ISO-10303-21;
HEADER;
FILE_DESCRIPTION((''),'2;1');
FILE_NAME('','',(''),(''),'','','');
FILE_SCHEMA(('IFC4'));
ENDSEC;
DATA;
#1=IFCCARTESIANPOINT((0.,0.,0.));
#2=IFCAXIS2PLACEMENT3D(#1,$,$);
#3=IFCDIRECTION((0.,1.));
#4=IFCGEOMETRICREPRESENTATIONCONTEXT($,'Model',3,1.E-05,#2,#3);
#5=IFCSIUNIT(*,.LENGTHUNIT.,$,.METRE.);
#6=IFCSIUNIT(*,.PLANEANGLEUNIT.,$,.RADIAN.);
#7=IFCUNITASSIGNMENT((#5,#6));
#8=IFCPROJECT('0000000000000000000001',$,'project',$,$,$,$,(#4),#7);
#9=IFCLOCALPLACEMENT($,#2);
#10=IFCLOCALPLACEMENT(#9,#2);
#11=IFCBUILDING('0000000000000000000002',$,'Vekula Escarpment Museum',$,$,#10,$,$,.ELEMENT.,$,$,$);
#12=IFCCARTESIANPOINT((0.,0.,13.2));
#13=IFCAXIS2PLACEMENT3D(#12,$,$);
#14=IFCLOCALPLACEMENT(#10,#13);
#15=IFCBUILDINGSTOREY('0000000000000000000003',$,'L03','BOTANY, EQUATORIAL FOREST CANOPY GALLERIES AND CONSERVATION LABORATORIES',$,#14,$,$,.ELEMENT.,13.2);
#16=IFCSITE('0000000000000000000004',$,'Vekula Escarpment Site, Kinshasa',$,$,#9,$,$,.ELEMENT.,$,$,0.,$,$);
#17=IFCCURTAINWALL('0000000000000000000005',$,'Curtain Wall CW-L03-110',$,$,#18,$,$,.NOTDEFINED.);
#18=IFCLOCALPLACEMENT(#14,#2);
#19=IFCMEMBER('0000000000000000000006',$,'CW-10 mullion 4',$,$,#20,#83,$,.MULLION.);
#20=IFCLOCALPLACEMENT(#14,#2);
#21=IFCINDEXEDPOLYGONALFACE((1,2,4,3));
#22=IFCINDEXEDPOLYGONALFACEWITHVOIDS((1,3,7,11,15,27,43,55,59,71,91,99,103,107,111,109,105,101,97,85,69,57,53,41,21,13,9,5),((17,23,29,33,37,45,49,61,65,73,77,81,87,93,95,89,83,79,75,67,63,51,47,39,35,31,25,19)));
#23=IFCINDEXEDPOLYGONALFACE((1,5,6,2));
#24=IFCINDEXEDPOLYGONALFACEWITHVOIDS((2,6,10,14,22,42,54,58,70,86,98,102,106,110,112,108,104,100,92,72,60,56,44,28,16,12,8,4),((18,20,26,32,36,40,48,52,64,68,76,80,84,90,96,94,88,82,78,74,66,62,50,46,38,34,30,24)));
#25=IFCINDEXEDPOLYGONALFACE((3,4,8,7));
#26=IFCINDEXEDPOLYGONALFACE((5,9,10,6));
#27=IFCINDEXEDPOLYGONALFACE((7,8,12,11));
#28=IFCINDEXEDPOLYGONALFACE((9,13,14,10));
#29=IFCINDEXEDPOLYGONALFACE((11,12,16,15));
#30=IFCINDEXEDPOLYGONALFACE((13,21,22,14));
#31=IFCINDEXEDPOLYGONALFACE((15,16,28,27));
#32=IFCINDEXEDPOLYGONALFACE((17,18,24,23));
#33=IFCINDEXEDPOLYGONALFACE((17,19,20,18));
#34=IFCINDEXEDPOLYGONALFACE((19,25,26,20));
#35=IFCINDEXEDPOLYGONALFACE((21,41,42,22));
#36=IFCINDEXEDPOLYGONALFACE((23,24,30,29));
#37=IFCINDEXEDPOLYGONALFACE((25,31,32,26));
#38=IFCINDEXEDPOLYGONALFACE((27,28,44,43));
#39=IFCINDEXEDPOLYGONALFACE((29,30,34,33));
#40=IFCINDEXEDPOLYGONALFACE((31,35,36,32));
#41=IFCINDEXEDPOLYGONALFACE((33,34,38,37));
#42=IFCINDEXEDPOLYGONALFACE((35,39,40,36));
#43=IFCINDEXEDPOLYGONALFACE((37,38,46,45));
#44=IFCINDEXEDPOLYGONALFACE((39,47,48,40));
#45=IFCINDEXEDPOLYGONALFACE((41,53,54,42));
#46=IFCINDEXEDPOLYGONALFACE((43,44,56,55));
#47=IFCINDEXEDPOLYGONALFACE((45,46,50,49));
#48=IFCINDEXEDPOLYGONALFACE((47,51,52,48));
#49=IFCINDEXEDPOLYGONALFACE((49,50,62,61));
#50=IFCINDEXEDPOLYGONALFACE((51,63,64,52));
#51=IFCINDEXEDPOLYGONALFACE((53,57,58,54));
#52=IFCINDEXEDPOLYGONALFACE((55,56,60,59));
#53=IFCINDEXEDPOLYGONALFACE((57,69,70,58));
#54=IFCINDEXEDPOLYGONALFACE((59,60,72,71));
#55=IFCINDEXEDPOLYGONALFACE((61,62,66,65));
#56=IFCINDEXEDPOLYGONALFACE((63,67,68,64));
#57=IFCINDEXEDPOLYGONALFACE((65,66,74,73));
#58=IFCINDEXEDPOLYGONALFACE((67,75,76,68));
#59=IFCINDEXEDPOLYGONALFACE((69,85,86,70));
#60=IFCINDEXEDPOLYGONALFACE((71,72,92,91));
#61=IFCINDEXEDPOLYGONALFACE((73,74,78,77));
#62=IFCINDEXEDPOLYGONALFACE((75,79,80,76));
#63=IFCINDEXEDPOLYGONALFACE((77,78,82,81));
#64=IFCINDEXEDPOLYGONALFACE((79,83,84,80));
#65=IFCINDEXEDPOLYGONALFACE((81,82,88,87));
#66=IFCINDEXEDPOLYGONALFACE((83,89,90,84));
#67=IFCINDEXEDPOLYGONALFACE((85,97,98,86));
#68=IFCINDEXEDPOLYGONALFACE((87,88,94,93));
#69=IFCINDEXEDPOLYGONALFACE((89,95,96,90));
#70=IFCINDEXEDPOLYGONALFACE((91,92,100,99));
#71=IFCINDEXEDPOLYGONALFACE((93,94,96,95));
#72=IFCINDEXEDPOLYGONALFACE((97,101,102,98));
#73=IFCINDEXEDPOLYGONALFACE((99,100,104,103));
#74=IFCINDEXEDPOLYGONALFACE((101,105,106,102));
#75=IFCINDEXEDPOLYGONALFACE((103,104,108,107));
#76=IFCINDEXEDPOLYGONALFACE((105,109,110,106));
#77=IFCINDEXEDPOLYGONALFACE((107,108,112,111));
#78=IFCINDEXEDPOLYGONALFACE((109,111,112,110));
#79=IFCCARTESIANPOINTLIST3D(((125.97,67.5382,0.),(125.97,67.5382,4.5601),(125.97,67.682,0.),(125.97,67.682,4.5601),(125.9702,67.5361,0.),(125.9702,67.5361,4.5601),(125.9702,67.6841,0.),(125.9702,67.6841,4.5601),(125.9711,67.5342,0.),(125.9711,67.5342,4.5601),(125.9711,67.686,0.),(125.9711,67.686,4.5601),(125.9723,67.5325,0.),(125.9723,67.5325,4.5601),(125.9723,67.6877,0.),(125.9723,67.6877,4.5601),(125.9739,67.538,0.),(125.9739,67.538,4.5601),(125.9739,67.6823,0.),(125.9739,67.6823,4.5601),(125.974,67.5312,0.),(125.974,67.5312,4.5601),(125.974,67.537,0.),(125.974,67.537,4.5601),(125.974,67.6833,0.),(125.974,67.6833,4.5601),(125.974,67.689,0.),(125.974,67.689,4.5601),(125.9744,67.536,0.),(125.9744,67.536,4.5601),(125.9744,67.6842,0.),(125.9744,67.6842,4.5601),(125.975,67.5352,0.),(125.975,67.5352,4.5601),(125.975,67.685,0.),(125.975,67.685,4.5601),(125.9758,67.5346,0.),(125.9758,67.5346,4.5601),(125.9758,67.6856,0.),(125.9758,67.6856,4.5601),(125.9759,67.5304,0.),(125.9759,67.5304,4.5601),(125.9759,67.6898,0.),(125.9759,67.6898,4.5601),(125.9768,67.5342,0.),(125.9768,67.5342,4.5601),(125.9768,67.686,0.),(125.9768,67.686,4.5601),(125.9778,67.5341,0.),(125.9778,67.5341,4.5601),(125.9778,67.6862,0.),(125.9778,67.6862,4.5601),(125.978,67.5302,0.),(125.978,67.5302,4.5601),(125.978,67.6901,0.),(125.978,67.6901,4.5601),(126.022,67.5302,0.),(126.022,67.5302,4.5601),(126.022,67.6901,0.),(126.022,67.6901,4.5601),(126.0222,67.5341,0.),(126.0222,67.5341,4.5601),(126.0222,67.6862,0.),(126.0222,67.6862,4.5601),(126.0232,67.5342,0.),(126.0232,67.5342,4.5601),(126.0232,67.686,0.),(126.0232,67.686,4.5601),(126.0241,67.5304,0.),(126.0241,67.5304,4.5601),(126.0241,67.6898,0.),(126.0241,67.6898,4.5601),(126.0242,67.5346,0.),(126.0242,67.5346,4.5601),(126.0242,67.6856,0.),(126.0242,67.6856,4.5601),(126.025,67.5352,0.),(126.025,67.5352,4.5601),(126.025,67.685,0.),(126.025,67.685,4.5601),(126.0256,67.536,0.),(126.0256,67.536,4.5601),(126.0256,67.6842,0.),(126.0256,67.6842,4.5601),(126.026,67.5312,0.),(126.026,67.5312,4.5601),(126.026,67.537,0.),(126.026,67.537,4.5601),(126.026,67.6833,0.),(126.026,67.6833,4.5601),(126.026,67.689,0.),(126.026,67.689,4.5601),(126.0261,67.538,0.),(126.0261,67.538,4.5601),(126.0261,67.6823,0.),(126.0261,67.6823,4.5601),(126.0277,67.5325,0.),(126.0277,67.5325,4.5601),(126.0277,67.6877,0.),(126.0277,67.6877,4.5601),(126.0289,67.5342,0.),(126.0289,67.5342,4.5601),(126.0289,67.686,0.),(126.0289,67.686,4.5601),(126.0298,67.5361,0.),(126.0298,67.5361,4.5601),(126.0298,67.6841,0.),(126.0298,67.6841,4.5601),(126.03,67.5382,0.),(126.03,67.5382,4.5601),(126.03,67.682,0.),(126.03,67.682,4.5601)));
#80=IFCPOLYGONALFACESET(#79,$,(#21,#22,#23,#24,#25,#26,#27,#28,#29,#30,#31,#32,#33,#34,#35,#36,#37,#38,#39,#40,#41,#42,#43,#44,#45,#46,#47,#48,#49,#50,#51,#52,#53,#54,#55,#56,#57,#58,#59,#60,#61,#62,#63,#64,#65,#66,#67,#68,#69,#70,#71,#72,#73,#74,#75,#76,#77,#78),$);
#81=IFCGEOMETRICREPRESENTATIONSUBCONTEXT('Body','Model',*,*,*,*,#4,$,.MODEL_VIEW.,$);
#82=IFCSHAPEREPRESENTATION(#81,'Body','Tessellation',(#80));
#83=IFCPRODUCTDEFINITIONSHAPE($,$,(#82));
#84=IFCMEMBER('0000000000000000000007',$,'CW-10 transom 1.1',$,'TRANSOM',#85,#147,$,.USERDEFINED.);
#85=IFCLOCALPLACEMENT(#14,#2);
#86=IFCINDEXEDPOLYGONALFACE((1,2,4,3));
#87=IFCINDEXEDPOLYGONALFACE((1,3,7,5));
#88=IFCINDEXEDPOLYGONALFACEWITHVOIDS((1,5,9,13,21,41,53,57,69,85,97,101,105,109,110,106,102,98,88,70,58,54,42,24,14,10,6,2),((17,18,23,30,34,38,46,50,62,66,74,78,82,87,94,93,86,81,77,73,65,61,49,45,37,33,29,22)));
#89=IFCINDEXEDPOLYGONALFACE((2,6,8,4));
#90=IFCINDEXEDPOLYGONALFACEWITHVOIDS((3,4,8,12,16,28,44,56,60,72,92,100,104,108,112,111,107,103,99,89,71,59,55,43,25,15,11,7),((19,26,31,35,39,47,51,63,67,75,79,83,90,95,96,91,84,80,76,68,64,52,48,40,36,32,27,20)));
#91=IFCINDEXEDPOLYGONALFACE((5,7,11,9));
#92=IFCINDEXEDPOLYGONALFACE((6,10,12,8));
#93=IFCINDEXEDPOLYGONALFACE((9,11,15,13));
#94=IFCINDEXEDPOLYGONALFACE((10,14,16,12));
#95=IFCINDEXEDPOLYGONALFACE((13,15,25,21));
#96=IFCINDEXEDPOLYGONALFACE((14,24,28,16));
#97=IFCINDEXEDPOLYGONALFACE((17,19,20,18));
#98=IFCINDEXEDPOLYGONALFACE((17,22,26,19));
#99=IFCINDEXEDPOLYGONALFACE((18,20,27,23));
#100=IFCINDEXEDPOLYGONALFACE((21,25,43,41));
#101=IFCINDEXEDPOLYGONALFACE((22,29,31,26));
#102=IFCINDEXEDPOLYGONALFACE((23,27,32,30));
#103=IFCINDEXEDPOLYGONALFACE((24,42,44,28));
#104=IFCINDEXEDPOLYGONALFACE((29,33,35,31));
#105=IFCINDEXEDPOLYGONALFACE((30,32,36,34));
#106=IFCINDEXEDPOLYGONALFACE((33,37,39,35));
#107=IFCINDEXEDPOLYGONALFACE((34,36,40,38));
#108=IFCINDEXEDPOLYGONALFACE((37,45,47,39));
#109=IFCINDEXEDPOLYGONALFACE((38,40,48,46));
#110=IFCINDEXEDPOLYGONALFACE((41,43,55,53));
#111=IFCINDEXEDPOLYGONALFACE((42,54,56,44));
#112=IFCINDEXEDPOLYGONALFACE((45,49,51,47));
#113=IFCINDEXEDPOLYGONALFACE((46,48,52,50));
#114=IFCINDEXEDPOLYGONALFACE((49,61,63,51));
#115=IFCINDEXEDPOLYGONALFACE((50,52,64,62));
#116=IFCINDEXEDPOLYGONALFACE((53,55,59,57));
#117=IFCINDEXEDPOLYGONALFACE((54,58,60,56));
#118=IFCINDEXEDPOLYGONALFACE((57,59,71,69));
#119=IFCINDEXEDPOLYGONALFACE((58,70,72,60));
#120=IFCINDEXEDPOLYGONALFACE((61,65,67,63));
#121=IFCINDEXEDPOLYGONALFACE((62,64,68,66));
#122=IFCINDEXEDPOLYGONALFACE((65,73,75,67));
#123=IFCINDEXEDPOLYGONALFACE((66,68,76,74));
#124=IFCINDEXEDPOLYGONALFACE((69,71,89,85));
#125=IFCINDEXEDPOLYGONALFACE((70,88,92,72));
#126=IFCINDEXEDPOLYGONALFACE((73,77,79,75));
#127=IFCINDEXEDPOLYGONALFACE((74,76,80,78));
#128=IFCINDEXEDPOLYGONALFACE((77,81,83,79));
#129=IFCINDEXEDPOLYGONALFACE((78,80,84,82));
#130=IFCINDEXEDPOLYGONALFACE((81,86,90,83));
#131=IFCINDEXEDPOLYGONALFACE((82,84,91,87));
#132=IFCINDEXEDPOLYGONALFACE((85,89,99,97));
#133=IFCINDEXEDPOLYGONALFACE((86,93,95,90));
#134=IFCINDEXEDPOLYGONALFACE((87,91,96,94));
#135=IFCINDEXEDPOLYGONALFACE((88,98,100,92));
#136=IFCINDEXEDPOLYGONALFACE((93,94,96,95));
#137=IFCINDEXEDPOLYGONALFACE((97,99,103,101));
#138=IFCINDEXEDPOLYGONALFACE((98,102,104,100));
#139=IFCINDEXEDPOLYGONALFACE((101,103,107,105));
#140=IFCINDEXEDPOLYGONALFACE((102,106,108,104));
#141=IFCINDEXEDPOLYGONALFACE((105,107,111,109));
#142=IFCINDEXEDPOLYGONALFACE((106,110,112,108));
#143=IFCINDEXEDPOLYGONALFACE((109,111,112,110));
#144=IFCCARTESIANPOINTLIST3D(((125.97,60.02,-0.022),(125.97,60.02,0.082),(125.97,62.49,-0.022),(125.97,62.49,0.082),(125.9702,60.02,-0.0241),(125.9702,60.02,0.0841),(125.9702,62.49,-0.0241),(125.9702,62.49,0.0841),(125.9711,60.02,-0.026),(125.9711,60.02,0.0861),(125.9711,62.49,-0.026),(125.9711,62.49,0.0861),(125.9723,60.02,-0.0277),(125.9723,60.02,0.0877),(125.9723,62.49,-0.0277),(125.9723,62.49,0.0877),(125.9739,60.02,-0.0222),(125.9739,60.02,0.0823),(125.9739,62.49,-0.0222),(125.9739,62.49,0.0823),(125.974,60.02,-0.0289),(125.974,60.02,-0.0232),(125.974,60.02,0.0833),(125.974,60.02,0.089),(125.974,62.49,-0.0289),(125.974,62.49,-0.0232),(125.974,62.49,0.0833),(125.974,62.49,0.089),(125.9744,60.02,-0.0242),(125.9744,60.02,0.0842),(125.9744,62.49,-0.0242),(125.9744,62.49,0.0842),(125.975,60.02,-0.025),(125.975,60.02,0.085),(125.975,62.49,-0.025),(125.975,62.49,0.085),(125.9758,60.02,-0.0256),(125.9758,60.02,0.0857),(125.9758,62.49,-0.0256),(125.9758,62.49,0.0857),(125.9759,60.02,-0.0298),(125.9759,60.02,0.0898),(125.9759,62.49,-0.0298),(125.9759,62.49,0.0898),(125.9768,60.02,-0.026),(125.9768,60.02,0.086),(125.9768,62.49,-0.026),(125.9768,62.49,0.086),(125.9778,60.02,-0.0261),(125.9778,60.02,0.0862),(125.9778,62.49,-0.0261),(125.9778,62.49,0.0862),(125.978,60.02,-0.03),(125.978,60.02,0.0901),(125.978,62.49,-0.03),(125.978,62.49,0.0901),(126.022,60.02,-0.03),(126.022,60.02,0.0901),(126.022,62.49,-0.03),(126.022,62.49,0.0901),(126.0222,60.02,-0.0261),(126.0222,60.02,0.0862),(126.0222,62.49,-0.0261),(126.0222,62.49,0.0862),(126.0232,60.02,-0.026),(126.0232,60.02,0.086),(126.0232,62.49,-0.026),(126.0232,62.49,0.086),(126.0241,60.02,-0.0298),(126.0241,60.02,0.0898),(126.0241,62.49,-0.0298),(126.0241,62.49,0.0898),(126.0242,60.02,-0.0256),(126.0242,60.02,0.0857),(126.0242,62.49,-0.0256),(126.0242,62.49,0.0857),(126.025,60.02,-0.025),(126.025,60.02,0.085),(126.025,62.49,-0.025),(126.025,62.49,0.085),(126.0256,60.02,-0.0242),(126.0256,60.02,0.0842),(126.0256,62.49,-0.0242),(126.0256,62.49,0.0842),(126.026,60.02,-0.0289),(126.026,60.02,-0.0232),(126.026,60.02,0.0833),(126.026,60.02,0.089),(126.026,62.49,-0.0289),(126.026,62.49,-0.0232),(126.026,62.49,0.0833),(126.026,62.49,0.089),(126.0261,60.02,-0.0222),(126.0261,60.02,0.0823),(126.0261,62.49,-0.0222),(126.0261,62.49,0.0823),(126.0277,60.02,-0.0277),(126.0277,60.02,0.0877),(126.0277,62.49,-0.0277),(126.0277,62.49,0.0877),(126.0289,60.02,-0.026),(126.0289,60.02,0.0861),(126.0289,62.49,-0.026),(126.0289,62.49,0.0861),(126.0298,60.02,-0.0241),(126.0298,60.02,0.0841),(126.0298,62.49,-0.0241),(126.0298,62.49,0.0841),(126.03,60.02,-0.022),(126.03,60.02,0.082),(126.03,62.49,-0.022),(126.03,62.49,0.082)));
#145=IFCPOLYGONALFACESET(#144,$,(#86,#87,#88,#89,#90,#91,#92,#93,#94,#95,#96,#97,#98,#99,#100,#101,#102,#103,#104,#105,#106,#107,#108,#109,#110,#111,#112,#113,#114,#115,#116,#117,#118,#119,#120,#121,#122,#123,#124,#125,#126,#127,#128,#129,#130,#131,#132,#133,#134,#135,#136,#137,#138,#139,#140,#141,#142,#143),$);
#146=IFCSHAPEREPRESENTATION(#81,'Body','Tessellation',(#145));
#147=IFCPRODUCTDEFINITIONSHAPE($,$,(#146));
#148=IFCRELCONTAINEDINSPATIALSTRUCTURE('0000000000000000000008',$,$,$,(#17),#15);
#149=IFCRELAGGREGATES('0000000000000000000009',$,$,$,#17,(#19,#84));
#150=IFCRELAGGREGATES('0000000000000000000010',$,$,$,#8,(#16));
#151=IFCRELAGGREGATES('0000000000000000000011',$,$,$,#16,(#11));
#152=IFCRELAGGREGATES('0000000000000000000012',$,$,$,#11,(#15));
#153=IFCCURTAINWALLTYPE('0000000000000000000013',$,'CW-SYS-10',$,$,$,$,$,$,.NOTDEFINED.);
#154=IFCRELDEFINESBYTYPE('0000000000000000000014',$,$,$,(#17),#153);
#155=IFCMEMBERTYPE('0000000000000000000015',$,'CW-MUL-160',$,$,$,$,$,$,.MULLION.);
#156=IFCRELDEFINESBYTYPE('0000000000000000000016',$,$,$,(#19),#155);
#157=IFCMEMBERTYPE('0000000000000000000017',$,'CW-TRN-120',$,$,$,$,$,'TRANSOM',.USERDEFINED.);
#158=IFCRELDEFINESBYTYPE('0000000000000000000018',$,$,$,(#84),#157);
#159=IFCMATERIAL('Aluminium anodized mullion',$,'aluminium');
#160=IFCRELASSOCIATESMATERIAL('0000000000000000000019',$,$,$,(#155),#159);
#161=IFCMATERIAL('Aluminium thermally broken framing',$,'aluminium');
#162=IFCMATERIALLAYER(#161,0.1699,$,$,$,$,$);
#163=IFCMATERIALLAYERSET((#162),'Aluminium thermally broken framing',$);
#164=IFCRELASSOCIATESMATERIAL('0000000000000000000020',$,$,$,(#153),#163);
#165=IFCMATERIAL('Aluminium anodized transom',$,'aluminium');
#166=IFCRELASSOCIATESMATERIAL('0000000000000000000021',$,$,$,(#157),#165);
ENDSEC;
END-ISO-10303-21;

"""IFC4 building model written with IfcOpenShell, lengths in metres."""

from ifc_helpers import new_model, si_unit, direction, frame, origin, origin_2d, place, context, subcontext, project, spatial, hollow_rectangle, extrude, material, layer, layer_set, material_profile, profile_set, type_object, element, aggregate, save


model = new_model("IFC4")

# Units and contexts
model_context = context("Model", 3, precision=1e-05, world=origin(), true_north=direction((0.0, 1.0)))
body_context = subcontext(model_context, "Body", "Model", "MODEL_VIEW")
ifc_project = project(units=[si_unit("LENGTHUNIT", "METRE"), si_unit("PLANEANGLEUNIT", "RADIAN")], contexts=[model_context])

# Site, building, storey
site_placement = place(None, origin())
site = spatial("IfcSite", under=ifc_project, at=site_placement, Name="Vekula Escarpment Site, Kinshasa", CompositionType="ELEMENT", RefElevation=0.0)
building_placement = place(site_placement, origin())
building = spatial("IfcBuilding", under=site, at=building_placement, Name="Vekula Escarpment Museum", CompositionType="ELEMENT")
storey_placement = place(building_placement, frame((0.0, 0.0, 13.2)))
storey = spatial("IfcBuildingStorey", under=building, at=storey_placement, Name="L03", Description="BOTANY, EQUATORIAL FOREST CANOPY GALLERIES AND CONSERVATION LABORATORIES", CompositionType="ELEMENT", Elevation=13.2)

# Shared definitions
ifc_material_1 = material(Name="Aluminium anodized mullion", Category="aluminium")
ifc_material_profile_1 = material_profile(ifc_material_1, hollow_rectangle(XDim=0.0601, YDim=0.1599, WallThickness=0.0039, InnerFilletRadius=0.0039, OuterFilletRadius=0.0081, at=origin_2d()), Name="ALU 160x60x4")
ifc_profile_set_1 = profile_set([ifc_material_profile_1], Name="Aluminium anodized mullion")
member_type_1 = type_object("IfcMemberType", Name="CW-MUL-160", PredefinedType="MULLION", material=ifc_profile_set_1)

# Curtain wall, members
ifc_material_2 = material(Name="Aluminium thermally broken framing", Category="aluminium")
ifc_layer_1 = layer(ifc_material_2, 0.1699)
ifc_layer_set_1 = layer_set([ifc_layer_1], Name="Aluminium thermally broken framing")
curtain_wall_type_1 = type_object("IfcCurtainWallType", Name="CW-SYS-10", PredefinedType="NOTDEFINED", material=ifc_layer_set_1)
curtain_wall_1_placement = place(storey_placement, origin())
curtain_wall_1 = element("IfcCurtainWall", 1, at=curtain_wall_1_placement, inside=storey, type_object=curtain_wall_type_1, Name="Curtain Wall CW-L03-110", PredefinedType="NOTDEFINED")
member_1_placement = place(storey_placement, frame((126.0, 67.6101, 0.0), z_axis=(0.0, 0.0, 1.0), x_axis=(-1.0, 0.0, 0.0)))
member_1 = element("IfcMember", 2, at=member_1_placement, type_object=member_type_1, Name="CW-10 mullion 4", PredefinedType="MULLION", context=body_context, shape_type="SweptSolid", body=[
    extrude(hollow_rectangle(XDim=0.0601, YDim=0.1599, WallThickness=0.0039, InnerFilletRadius=0.0039, OuterFilletRadius=0.0081, at=origin_2d()), origin(), (0.0, 0.0, 1.0), 4.5601),
])
ifc_material_3 = material(Name="Aluminium anodized transom", Category="aluminium")
ifc_material_profile_2 = material_profile(ifc_material_3, hollow_rectangle(XDim=0.0601, YDim=0.1201, WallThickness=0.0039, InnerFilletRadius=0.0039, OuterFilletRadius=0.0081, at=origin_2d()), Name="ALU 120x60x4")
ifc_profile_set_2 = profile_set([ifc_material_profile_2], Name="Aluminium anodized transom")
member_type_2 = type_object("IfcMemberType", Name="CW-TRN-120", ElementType="TRANSOM", PredefinedType="USERDEFINED", material=ifc_profile_set_2)
member_2_placement = place(storey_placement, frame((126.0, 60.02, 0.03), z_axis=(0.0, 1.0, 0.0), x_axis=(-1.0, 0.0, 0.0)))
member_2 = element("IfcMember", 3, at=member_2_placement, type_object=member_type_2, Name="CW-10 transom 1.1", ObjectType="TRANSOM", PredefinedType="USERDEFINED", context=body_context, shape_type="SweptSolid", body=[
    extrude(hollow_rectangle(XDim=0.0601, YDim=0.1201, WallThickness=0.0039, InnerFilletRadius=0.0039, OuterFilletRadius=0.0081, at=origin_2d()), origin(), (0.0, 0.0, 1.0), 2.47),
])

aggregate(curtain_wall_1, [member_1, member_2])

save(model, "model.ifc")
